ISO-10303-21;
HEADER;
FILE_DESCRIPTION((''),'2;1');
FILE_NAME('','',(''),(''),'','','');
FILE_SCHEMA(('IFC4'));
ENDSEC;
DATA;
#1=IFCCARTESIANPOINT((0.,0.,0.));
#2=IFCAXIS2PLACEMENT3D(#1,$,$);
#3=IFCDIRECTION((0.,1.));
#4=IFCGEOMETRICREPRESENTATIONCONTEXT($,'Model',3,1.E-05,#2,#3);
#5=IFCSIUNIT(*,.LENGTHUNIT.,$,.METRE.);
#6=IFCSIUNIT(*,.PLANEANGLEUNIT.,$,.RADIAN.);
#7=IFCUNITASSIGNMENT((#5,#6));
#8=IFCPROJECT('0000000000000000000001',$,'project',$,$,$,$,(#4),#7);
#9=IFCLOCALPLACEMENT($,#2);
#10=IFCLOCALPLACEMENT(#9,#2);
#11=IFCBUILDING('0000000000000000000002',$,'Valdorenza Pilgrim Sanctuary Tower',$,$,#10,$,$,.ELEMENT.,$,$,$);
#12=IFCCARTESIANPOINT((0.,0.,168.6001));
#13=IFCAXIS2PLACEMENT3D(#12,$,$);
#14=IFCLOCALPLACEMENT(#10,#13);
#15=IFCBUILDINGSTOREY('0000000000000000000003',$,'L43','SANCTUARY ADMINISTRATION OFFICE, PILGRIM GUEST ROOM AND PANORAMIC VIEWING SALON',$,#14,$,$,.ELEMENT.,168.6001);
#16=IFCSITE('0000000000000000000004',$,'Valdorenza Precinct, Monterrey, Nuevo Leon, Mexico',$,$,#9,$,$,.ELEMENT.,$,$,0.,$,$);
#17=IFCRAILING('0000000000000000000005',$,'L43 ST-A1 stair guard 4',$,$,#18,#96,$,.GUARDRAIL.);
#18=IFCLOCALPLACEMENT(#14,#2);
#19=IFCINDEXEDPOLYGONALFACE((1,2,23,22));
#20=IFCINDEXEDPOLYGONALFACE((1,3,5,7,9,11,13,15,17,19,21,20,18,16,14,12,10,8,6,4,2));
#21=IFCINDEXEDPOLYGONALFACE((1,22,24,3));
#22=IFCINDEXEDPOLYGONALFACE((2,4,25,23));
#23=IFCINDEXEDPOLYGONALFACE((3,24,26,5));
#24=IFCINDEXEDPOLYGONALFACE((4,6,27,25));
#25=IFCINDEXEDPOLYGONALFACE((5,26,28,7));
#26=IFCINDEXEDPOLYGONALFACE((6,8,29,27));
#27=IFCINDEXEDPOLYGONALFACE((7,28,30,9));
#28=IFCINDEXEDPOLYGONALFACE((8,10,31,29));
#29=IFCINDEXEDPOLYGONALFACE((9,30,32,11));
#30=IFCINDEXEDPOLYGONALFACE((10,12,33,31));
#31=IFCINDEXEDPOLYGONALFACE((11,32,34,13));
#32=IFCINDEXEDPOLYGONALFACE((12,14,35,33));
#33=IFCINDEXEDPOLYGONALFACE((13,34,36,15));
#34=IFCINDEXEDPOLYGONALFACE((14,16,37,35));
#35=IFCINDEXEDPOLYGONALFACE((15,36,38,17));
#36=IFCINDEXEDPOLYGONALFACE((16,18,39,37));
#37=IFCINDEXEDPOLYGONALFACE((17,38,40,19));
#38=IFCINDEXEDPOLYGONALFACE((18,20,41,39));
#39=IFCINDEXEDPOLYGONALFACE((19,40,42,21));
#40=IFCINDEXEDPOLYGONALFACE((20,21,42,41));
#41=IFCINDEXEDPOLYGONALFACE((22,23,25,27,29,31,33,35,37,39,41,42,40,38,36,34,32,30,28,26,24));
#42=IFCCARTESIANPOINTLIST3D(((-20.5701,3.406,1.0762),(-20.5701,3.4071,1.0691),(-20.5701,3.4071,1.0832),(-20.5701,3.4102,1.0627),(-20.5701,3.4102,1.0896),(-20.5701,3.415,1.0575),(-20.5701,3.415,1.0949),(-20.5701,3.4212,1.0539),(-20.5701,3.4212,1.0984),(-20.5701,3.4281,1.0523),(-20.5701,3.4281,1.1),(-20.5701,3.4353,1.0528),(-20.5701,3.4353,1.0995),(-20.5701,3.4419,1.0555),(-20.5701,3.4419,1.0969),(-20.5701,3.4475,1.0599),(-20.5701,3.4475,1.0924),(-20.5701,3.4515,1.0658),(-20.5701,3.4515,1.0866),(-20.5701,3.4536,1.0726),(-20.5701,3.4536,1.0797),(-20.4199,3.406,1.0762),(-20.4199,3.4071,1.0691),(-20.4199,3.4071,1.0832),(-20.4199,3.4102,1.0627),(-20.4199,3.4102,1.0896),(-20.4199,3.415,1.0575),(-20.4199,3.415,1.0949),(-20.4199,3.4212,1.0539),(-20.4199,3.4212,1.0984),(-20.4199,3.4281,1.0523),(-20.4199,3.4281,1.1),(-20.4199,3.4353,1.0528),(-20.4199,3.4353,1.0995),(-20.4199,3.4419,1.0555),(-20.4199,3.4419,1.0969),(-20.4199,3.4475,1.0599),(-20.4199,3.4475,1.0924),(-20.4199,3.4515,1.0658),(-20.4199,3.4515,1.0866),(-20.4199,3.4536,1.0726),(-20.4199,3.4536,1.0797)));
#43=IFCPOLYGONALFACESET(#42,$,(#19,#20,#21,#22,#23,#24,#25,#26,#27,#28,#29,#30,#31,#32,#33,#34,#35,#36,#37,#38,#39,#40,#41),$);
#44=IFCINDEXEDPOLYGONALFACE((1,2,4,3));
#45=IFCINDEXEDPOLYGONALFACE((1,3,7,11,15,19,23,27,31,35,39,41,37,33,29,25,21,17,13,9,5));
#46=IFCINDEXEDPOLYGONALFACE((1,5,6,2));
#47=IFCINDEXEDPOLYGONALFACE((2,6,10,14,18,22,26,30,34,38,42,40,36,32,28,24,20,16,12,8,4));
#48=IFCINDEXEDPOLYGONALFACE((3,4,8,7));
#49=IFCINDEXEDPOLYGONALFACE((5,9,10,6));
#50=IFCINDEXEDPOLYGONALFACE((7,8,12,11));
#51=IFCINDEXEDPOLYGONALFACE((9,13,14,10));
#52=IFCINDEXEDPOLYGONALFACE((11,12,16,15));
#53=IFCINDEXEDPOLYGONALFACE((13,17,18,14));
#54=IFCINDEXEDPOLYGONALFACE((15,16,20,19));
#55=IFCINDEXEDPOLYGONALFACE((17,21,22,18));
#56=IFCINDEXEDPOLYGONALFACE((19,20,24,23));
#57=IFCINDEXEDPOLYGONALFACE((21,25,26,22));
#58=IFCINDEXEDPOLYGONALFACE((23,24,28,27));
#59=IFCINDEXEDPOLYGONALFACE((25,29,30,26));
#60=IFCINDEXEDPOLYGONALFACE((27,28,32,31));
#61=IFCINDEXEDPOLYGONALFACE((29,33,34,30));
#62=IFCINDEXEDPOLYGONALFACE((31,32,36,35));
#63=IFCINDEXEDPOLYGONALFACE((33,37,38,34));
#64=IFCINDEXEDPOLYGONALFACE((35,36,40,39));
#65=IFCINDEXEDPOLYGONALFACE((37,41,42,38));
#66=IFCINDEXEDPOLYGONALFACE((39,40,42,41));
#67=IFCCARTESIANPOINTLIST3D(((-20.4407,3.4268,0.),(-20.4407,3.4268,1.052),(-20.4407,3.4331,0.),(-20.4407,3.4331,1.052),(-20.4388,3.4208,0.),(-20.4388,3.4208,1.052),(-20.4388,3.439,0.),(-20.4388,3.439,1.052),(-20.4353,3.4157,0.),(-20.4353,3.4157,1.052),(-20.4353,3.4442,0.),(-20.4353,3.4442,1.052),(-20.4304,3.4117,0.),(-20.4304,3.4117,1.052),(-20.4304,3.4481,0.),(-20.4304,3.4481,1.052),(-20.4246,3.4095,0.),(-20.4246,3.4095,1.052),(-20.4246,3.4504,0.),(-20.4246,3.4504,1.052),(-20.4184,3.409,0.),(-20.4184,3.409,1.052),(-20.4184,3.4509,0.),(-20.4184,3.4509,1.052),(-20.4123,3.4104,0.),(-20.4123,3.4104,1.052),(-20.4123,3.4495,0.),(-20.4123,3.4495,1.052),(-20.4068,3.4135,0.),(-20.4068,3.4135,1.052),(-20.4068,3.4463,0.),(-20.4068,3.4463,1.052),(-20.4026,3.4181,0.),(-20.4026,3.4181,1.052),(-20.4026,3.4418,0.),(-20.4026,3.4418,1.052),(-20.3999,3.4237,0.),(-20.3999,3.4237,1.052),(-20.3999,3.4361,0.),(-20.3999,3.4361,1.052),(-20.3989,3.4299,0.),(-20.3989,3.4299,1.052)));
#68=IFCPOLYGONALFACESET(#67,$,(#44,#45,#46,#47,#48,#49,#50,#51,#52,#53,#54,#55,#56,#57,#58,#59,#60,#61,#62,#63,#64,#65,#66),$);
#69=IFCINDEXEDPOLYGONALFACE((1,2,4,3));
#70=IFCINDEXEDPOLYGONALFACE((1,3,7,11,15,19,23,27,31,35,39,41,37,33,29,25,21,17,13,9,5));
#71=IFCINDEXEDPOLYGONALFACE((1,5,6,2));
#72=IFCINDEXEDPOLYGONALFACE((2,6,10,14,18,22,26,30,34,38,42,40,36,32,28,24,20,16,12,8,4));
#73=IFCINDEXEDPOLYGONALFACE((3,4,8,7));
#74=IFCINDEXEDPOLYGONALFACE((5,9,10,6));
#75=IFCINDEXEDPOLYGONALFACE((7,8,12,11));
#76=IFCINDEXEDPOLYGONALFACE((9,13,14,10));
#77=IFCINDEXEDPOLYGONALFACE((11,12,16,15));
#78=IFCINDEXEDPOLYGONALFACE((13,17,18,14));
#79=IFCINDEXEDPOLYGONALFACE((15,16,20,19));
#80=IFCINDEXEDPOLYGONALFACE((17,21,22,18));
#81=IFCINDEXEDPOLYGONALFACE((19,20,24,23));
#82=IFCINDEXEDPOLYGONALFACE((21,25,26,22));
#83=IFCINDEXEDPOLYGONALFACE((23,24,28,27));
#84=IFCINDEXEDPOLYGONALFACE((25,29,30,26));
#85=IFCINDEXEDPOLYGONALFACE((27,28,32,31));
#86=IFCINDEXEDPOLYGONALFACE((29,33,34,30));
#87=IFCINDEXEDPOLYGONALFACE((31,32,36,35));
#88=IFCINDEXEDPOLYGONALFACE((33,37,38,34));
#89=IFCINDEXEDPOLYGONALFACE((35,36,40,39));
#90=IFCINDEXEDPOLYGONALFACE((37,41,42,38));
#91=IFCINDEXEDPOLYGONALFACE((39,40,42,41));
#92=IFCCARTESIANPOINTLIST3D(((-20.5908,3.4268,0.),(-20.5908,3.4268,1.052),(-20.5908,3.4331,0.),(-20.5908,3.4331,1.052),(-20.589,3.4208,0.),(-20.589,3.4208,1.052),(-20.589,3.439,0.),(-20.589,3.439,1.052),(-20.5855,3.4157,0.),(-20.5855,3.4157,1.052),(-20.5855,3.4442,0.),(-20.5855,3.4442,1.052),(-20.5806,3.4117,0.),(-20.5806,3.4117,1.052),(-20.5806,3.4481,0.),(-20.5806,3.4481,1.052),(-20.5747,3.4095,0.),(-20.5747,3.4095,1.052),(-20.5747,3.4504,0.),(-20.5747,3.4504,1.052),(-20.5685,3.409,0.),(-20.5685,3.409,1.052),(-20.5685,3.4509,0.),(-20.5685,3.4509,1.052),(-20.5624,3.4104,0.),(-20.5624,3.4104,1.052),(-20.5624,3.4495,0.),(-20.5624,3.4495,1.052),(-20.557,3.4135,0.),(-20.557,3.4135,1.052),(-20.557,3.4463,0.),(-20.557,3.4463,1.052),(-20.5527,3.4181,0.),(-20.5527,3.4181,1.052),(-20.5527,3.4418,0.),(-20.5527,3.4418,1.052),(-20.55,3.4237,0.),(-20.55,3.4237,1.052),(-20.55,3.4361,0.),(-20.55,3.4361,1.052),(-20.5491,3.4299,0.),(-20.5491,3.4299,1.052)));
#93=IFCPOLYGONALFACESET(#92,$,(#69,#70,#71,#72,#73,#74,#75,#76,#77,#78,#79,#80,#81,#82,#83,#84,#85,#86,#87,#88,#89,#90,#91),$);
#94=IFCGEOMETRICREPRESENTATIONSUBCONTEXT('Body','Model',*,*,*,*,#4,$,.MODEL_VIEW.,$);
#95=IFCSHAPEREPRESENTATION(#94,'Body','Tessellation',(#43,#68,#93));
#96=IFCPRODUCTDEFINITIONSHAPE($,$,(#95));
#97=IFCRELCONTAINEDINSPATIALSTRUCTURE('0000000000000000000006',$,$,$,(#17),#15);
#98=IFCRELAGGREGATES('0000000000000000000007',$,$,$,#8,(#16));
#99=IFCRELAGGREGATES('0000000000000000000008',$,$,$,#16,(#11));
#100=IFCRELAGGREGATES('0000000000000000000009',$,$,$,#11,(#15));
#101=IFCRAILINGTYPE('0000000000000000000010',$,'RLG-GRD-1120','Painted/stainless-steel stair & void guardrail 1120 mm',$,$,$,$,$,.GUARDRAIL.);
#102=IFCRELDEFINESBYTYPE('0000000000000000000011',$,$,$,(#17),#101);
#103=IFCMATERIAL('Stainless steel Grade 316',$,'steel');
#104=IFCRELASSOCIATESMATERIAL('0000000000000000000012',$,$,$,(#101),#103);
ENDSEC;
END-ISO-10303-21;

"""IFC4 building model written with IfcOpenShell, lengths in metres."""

from ifc_helpers import new_model, si_unit, direction, frame, origin, origin_2d, place, context, subcontext, project, spatial, circle, extrude, material, type_object, element, save


model = new_model("IFC4")

# Units and contexts
model_context = context("Model", 3, precision=1e-05, world=origin(), true_north=direction((0.0, 1.0)))
body_context = subcontext(model_context, "Body", "Model", "MODEL_VIEW")
ifc_project = project(units=[si_unit("LENGTHUNIT", "METRE"), si_unit("PLANEANGLEUNIT", "RADIAN")], contexts=[model_context])

# Site, building, storey
site_placement = place(None, origin())
site = spatial("IfcSite", under=ifc_project, at=site_placement, Name="Valdorenza Precinct, Monterrey, Nuevo Leon, Mexico", CompositionType="ELEMENT", RefElevation=0.0)
building_placement = place(site_placement, origin())
building = spatial("IfcBuilding", under=site, at=building_placement, Name="Valdorenza Pilgrim Sanctuary Tower", CompositionType="ELEMENT")
storey_placement = place(building_placement, frame((0.0, 0.0, 168.6001)))
storey = spatial("IfcBuildingStorey", under=building, at=storey_placement, Name="L43", Description="SANCTUARY ADMINISTRATION OFFICE, PILGRIM GUEST ROOM AND PANORAMIC VIEWING SALON", CompositionType="ELEMENT", Elevation=168.6001)

# Railing
ifc_material_1 = material(Name="Stainless steel Grade 316", Category="steel")
railing_type_1 = type_object("IfcRailingType", Name="RLG-GRD-1120", Description="Painted/stainless-steel stair & void guardrail 1120 mm", PredefinedType="GUARDRAIL", material=ifc_material_1)
railing_1_placement = place(storey_placement, frame((-20.4199, 3.4299, 0.0)))
element("IfcRailing", 1, at=railing_1_placement, inside=storey, type_object=railing_type_1, Name="L43 ST-A1 stair guard 4", PredefinedType="GUARDRAIL", context=body_context, shape_type="SweptSolid", body=[
    extrude(circle(Radius=0.0239, at=origin_2d()), frame((0.0, 0.0, 1.0762), z_axis=(-1.0, 0.0, 0.0), x_axis=(0.0, -1.0, 0.0)), (0.0, 0.0, 1.0), 0.1501),
    extrude(circle(Radius=0.021, at=origin_2d()), origin(), (0.0, 0.0, 1.0), 1.052),
    extrude(circle(Radius=0.021, at=origin_2d()), frame((-0.1501, 0.0, 0.0)), (0.0, 0.0, 1.0), 1.052),
])

save(model, "model.ifc")
